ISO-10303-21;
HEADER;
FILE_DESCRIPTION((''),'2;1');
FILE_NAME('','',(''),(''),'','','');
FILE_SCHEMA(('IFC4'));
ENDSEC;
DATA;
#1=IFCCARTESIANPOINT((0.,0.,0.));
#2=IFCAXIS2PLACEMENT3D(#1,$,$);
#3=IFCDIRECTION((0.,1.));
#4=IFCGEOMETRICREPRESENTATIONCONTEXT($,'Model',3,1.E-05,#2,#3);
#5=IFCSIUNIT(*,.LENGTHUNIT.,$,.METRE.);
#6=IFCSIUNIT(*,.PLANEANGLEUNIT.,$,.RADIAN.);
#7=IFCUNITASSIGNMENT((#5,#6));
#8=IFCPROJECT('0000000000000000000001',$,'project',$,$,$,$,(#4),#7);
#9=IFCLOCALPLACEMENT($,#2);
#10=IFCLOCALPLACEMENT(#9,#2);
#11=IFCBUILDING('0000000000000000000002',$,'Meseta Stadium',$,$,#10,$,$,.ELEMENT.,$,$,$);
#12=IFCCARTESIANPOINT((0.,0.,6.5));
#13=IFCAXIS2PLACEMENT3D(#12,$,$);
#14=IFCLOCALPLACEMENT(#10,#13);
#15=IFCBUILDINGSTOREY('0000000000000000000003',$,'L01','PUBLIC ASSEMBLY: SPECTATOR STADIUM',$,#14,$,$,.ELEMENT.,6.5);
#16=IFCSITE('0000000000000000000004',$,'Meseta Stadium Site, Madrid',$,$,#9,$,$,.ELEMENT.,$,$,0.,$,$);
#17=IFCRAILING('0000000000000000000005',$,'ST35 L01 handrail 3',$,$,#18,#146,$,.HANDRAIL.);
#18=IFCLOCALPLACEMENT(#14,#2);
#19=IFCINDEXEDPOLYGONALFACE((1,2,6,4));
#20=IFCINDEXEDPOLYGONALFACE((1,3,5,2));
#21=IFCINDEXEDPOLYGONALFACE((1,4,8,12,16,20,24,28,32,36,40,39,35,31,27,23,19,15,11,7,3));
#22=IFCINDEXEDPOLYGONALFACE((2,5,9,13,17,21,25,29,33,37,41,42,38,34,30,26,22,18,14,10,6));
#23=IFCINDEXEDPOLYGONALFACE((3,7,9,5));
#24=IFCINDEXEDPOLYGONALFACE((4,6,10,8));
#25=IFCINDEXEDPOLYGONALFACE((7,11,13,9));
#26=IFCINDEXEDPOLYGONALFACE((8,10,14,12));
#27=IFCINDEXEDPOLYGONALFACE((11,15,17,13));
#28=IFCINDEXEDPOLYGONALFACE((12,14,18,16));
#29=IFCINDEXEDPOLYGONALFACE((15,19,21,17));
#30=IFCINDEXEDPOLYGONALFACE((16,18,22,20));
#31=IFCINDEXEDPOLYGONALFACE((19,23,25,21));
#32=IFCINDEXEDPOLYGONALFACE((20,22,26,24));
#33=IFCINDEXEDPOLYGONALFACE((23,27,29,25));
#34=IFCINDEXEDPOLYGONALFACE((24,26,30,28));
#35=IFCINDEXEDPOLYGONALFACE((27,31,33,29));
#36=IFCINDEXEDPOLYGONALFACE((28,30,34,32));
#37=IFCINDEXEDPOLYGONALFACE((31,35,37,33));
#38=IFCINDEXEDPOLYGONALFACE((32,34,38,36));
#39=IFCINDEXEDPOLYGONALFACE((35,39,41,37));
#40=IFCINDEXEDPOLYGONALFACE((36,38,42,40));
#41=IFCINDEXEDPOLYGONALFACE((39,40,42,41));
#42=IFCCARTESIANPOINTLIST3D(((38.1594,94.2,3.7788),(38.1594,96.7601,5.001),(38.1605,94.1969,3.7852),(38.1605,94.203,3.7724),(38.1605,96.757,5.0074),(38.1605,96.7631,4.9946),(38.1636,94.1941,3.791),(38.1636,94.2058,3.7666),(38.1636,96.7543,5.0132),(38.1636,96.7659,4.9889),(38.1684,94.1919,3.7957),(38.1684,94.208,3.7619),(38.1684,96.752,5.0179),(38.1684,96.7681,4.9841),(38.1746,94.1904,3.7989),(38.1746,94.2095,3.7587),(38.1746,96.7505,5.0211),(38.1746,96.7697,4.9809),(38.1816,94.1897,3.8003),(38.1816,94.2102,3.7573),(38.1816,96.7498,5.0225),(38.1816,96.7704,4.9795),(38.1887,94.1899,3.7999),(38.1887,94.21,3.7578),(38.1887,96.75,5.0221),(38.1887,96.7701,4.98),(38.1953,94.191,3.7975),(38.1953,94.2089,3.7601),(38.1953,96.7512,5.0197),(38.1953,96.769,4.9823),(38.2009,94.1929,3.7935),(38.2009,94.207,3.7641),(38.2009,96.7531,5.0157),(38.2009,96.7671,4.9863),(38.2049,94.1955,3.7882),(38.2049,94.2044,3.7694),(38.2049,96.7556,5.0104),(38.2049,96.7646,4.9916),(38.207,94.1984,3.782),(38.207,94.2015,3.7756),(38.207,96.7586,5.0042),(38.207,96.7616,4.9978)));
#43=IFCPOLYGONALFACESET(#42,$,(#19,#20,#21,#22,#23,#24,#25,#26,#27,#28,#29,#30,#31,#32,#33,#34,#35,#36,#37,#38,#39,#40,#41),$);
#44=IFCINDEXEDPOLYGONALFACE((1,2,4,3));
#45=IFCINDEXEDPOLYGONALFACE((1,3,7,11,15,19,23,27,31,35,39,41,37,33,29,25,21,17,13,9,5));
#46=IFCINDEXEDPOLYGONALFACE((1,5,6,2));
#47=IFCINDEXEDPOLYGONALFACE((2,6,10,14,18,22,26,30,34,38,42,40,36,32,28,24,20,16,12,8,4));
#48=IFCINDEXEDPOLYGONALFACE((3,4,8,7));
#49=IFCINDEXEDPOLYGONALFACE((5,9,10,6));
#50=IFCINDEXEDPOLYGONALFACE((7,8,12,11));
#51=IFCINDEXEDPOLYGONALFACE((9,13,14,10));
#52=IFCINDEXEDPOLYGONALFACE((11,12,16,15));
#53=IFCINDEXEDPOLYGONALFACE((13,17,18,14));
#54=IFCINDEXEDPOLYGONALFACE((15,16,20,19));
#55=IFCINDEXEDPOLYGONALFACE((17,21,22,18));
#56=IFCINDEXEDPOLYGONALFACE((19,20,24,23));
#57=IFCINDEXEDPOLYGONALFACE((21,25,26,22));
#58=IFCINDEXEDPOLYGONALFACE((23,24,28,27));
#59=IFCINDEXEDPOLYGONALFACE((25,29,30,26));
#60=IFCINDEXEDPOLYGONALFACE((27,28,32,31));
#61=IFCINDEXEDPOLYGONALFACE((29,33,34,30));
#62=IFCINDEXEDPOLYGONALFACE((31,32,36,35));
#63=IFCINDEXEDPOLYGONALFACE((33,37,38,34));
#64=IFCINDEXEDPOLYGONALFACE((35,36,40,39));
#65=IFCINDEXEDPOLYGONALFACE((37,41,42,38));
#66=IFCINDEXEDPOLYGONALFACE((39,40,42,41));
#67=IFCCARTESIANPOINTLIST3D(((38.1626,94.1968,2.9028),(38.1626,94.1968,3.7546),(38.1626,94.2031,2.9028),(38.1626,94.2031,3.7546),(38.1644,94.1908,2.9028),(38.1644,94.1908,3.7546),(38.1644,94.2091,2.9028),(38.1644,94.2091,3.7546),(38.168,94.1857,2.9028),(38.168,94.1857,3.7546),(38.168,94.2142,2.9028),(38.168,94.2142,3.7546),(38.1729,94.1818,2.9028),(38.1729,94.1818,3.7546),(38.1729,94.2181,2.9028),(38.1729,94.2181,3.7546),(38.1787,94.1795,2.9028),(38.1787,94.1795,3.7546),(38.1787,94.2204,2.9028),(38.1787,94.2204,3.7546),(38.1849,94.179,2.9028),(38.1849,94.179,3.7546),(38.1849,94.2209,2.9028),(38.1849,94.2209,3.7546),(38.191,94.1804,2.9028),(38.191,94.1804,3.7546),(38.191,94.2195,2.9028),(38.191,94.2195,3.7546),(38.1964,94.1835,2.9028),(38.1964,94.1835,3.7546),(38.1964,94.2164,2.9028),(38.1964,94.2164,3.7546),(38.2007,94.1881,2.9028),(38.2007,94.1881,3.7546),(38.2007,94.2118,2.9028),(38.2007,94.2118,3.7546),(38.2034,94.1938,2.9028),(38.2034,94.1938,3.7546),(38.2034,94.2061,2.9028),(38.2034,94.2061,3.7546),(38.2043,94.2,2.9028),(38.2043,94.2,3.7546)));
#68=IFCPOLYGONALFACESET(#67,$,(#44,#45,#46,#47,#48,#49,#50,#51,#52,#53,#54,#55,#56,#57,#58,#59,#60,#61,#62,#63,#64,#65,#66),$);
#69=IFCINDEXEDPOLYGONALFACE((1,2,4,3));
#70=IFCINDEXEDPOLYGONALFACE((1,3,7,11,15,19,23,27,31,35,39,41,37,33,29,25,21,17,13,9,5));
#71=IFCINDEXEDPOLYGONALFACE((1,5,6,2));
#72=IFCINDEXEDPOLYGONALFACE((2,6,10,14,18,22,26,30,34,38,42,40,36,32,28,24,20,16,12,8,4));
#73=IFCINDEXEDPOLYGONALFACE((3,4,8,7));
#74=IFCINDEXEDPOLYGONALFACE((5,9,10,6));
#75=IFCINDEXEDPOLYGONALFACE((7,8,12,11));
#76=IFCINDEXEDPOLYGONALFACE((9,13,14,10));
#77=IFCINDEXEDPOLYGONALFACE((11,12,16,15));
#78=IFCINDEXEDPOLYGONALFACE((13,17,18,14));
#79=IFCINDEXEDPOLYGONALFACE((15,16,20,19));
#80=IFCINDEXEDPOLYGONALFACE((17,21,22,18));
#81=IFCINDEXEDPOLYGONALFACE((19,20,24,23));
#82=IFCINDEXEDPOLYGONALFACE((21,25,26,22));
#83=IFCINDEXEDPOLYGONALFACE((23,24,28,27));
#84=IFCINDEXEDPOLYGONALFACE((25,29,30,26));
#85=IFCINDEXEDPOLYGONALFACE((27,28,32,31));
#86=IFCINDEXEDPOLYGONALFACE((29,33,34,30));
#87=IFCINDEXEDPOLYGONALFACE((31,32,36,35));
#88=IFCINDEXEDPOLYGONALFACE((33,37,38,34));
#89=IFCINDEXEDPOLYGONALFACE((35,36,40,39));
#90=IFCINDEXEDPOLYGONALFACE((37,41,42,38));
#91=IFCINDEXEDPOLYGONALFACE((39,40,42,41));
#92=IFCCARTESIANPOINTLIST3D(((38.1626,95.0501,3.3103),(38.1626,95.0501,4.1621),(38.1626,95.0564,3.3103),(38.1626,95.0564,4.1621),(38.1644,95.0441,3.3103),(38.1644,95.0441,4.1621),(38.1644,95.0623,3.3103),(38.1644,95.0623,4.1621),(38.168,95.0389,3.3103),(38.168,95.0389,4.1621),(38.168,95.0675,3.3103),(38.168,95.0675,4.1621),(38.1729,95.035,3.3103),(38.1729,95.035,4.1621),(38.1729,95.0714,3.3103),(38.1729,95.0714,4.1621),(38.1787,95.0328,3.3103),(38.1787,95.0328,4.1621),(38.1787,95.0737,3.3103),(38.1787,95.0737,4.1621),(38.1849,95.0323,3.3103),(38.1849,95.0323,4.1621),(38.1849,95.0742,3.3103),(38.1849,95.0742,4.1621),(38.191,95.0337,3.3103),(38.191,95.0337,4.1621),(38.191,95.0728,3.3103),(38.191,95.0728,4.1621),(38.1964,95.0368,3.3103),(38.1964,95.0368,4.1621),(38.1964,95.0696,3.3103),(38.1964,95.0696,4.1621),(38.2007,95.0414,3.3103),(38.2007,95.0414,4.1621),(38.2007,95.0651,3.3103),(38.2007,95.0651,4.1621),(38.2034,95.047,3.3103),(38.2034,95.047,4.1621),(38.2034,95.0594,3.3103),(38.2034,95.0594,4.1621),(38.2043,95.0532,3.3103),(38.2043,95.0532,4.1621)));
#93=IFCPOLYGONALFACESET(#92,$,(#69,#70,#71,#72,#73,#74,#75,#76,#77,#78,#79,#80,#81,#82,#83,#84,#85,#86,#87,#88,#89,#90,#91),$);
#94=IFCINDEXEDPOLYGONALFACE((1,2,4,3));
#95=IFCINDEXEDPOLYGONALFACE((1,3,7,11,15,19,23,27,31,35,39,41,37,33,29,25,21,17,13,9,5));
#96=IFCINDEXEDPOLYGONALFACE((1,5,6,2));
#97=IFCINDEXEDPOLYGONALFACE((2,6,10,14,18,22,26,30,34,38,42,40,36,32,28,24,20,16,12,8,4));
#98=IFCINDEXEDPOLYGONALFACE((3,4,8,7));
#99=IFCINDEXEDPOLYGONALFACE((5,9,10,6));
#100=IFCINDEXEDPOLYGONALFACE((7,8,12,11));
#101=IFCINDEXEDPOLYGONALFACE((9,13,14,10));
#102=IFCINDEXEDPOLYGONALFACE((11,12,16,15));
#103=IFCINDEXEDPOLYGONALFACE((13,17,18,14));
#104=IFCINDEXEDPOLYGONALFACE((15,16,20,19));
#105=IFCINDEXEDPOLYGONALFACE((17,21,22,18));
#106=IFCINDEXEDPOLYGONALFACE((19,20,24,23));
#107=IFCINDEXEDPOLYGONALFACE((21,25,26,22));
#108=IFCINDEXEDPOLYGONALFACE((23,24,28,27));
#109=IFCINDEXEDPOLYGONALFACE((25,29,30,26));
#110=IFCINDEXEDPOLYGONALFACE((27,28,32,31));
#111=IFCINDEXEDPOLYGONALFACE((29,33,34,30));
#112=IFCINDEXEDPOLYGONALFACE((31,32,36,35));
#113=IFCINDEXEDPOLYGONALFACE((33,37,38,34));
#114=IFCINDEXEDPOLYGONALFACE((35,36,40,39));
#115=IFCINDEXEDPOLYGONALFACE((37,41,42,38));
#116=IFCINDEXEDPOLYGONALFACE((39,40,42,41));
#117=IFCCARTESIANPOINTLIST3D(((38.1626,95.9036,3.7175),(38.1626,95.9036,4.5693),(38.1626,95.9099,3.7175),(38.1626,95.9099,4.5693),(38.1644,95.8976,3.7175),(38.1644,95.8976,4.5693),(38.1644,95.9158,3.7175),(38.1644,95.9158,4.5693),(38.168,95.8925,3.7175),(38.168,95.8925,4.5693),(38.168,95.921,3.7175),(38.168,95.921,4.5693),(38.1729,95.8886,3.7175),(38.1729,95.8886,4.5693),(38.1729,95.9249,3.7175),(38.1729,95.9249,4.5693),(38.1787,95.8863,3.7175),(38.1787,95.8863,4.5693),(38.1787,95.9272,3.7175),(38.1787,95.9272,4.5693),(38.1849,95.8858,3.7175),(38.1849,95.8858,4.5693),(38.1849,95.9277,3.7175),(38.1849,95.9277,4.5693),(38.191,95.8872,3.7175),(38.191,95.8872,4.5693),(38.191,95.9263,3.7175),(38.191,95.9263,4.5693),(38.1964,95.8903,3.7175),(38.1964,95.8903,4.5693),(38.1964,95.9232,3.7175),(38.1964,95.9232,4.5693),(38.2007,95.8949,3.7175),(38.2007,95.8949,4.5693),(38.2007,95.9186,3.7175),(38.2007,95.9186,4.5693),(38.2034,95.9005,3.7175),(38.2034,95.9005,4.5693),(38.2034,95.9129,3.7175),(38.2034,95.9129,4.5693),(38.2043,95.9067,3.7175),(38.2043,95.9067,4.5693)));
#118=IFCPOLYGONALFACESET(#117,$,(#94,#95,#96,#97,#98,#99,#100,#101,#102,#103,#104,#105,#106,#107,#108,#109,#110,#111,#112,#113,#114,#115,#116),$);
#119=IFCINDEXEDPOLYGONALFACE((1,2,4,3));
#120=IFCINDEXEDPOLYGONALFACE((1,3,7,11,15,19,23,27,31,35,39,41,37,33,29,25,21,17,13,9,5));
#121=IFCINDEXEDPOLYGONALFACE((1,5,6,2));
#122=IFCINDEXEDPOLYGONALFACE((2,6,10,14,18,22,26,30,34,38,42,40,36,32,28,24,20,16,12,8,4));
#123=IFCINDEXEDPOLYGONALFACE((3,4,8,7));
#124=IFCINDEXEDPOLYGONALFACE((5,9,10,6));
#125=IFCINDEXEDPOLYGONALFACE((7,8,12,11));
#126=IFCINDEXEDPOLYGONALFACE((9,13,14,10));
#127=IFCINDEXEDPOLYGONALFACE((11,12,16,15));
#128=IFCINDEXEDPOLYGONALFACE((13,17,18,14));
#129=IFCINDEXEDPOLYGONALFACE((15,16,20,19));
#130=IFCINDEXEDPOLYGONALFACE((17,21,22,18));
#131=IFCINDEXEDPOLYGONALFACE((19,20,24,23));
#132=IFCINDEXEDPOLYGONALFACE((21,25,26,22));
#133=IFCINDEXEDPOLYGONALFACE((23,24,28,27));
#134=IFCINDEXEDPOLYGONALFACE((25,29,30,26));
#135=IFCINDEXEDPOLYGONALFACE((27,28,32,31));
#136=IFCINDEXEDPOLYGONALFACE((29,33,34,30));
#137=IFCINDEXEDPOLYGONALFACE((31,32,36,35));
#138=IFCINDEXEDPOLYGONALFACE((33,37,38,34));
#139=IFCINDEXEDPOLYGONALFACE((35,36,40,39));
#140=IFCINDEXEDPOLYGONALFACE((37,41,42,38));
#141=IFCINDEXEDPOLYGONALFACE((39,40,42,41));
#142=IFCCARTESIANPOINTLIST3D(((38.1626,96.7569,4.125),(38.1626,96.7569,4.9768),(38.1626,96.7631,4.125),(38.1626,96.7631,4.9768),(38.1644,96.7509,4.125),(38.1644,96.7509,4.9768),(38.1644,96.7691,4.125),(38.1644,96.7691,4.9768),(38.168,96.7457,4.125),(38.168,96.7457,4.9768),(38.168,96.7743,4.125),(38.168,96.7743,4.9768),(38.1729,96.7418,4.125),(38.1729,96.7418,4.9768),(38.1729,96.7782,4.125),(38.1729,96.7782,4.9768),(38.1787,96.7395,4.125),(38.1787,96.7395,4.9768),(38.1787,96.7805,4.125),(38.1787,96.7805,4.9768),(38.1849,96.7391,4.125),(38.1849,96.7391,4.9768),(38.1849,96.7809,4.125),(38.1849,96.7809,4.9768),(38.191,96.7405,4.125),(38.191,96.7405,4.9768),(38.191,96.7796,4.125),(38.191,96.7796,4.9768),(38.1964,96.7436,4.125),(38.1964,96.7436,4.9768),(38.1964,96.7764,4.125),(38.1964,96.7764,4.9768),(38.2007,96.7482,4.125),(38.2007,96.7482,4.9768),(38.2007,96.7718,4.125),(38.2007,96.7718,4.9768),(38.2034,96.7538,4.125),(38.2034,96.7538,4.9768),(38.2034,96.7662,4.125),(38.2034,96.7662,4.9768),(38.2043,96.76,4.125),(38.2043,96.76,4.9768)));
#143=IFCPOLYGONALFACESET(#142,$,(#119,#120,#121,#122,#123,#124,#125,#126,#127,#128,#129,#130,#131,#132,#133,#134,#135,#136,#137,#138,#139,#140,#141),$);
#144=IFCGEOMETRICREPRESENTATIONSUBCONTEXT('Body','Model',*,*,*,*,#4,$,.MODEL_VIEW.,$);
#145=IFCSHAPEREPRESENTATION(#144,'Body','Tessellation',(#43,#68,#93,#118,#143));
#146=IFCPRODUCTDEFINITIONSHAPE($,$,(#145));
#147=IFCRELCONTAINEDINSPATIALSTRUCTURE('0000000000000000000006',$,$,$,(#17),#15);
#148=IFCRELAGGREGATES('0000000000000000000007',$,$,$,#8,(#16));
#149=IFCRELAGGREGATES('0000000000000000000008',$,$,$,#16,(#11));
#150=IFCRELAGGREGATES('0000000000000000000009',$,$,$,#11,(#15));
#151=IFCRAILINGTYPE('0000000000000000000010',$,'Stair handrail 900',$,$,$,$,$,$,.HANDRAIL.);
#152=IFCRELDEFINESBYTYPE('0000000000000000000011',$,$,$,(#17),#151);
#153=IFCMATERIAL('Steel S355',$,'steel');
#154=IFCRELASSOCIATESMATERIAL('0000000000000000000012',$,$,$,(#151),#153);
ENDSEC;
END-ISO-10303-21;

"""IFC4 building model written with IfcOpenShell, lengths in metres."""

from ifc_helpers import new_model, si_unit, direction, frame, origin, origin_2d, place, context, subcontext, project, spatial, circle, extrude, material, type_object, element, save


model = new_model("IFC4")

# Units and contexts
model_context = context("Model", 3, precision=1e-05, world=origin(), true_north=direction((0.0, 1.0)))
body_context = subcontext(model_context, "Body", "Model", "MODEL_VIEW")
ifc_project = project(units=[si_unit("LENGTHUNIT", "METRE"), si_unit("PLANEANGLEUNIT", "RADIAN")], contexts=[model_context])

# Site, building, storey
site_placement = place(None, origin())
site = spatial("IfcSite", under=ifc_project, at=site_placement, Name="Meseta Stadium Site, Madrid", CompositionType="ELEMENT", RefElevation=0.0)
building_placement = place(site_placement, origin())
building = spatial("IfcBuilding", under=site, at=building_placement, Name="Meseta Stadium", CompositionType="ELEMENT")
storey_placement = place(building_placement, frame((0.0, 0.0, 6.5)))
storey = spatial("IfcBuildingStorey", under=building, at=storey_placement, Name="L01", Description="PUBLIC ASSEMBLY: SPECTATOR STADIUM", CompositionType="ELEMENT", Elevation=6.5)

# Railing
ifc_material_1 = material(Name="Steel S355", Category="steel")
railing_type_1 = type_object("IfcRailingType", Name="Stair handrail 900", PredefinedType="HANDRAIL", material=ifc_material_1)
for number, where, name in (
    (1, (38.1833, 94.2, 2.9028), "ST35 L01 handrail 3"),
):
    element("IfcRailing", number, at=place(storey_placement, frame(where)), inside=storey, type_object=railing_type_1, Name=name, PredefinedType="HANDRAIL", context=body_context, shape_type="SweptSolid", body=[
        extrude(circle(Radius=0.0239, at=origin_2d()), frame((0.0, 0.0, 0.876), z_axis=(0.0, 0.902437, 0.430822), x_axis=(-1.0, 0.0, 0.0)), (0.0, 0.0, 1.0), 2.8369),
        extrude(circle(Radius=0.021, at=origin_2d()), origin(), (0.0, 0.0, 1.0), 0.8518),
        extrude(circle(Radius=0.021, at=origin_2d()), frame((0.0, 0.8533, 0.4075)), (0.0, 0.0, 1.0), 0.8518),
        extrude(circle(Radius=0.021, at=origin_2d()), frame((0.0, 1.7068, 0.8147)), (0.0, 0.0, 1.0), 0.8518),
        extrude(circle(Radius=0.021, at=origin_2d()), frame((0.0, 2.5601, 1.2222)), (0.0, 0.0, 1.0), 0.8518),
    ])

save(model, "model.ifc")
